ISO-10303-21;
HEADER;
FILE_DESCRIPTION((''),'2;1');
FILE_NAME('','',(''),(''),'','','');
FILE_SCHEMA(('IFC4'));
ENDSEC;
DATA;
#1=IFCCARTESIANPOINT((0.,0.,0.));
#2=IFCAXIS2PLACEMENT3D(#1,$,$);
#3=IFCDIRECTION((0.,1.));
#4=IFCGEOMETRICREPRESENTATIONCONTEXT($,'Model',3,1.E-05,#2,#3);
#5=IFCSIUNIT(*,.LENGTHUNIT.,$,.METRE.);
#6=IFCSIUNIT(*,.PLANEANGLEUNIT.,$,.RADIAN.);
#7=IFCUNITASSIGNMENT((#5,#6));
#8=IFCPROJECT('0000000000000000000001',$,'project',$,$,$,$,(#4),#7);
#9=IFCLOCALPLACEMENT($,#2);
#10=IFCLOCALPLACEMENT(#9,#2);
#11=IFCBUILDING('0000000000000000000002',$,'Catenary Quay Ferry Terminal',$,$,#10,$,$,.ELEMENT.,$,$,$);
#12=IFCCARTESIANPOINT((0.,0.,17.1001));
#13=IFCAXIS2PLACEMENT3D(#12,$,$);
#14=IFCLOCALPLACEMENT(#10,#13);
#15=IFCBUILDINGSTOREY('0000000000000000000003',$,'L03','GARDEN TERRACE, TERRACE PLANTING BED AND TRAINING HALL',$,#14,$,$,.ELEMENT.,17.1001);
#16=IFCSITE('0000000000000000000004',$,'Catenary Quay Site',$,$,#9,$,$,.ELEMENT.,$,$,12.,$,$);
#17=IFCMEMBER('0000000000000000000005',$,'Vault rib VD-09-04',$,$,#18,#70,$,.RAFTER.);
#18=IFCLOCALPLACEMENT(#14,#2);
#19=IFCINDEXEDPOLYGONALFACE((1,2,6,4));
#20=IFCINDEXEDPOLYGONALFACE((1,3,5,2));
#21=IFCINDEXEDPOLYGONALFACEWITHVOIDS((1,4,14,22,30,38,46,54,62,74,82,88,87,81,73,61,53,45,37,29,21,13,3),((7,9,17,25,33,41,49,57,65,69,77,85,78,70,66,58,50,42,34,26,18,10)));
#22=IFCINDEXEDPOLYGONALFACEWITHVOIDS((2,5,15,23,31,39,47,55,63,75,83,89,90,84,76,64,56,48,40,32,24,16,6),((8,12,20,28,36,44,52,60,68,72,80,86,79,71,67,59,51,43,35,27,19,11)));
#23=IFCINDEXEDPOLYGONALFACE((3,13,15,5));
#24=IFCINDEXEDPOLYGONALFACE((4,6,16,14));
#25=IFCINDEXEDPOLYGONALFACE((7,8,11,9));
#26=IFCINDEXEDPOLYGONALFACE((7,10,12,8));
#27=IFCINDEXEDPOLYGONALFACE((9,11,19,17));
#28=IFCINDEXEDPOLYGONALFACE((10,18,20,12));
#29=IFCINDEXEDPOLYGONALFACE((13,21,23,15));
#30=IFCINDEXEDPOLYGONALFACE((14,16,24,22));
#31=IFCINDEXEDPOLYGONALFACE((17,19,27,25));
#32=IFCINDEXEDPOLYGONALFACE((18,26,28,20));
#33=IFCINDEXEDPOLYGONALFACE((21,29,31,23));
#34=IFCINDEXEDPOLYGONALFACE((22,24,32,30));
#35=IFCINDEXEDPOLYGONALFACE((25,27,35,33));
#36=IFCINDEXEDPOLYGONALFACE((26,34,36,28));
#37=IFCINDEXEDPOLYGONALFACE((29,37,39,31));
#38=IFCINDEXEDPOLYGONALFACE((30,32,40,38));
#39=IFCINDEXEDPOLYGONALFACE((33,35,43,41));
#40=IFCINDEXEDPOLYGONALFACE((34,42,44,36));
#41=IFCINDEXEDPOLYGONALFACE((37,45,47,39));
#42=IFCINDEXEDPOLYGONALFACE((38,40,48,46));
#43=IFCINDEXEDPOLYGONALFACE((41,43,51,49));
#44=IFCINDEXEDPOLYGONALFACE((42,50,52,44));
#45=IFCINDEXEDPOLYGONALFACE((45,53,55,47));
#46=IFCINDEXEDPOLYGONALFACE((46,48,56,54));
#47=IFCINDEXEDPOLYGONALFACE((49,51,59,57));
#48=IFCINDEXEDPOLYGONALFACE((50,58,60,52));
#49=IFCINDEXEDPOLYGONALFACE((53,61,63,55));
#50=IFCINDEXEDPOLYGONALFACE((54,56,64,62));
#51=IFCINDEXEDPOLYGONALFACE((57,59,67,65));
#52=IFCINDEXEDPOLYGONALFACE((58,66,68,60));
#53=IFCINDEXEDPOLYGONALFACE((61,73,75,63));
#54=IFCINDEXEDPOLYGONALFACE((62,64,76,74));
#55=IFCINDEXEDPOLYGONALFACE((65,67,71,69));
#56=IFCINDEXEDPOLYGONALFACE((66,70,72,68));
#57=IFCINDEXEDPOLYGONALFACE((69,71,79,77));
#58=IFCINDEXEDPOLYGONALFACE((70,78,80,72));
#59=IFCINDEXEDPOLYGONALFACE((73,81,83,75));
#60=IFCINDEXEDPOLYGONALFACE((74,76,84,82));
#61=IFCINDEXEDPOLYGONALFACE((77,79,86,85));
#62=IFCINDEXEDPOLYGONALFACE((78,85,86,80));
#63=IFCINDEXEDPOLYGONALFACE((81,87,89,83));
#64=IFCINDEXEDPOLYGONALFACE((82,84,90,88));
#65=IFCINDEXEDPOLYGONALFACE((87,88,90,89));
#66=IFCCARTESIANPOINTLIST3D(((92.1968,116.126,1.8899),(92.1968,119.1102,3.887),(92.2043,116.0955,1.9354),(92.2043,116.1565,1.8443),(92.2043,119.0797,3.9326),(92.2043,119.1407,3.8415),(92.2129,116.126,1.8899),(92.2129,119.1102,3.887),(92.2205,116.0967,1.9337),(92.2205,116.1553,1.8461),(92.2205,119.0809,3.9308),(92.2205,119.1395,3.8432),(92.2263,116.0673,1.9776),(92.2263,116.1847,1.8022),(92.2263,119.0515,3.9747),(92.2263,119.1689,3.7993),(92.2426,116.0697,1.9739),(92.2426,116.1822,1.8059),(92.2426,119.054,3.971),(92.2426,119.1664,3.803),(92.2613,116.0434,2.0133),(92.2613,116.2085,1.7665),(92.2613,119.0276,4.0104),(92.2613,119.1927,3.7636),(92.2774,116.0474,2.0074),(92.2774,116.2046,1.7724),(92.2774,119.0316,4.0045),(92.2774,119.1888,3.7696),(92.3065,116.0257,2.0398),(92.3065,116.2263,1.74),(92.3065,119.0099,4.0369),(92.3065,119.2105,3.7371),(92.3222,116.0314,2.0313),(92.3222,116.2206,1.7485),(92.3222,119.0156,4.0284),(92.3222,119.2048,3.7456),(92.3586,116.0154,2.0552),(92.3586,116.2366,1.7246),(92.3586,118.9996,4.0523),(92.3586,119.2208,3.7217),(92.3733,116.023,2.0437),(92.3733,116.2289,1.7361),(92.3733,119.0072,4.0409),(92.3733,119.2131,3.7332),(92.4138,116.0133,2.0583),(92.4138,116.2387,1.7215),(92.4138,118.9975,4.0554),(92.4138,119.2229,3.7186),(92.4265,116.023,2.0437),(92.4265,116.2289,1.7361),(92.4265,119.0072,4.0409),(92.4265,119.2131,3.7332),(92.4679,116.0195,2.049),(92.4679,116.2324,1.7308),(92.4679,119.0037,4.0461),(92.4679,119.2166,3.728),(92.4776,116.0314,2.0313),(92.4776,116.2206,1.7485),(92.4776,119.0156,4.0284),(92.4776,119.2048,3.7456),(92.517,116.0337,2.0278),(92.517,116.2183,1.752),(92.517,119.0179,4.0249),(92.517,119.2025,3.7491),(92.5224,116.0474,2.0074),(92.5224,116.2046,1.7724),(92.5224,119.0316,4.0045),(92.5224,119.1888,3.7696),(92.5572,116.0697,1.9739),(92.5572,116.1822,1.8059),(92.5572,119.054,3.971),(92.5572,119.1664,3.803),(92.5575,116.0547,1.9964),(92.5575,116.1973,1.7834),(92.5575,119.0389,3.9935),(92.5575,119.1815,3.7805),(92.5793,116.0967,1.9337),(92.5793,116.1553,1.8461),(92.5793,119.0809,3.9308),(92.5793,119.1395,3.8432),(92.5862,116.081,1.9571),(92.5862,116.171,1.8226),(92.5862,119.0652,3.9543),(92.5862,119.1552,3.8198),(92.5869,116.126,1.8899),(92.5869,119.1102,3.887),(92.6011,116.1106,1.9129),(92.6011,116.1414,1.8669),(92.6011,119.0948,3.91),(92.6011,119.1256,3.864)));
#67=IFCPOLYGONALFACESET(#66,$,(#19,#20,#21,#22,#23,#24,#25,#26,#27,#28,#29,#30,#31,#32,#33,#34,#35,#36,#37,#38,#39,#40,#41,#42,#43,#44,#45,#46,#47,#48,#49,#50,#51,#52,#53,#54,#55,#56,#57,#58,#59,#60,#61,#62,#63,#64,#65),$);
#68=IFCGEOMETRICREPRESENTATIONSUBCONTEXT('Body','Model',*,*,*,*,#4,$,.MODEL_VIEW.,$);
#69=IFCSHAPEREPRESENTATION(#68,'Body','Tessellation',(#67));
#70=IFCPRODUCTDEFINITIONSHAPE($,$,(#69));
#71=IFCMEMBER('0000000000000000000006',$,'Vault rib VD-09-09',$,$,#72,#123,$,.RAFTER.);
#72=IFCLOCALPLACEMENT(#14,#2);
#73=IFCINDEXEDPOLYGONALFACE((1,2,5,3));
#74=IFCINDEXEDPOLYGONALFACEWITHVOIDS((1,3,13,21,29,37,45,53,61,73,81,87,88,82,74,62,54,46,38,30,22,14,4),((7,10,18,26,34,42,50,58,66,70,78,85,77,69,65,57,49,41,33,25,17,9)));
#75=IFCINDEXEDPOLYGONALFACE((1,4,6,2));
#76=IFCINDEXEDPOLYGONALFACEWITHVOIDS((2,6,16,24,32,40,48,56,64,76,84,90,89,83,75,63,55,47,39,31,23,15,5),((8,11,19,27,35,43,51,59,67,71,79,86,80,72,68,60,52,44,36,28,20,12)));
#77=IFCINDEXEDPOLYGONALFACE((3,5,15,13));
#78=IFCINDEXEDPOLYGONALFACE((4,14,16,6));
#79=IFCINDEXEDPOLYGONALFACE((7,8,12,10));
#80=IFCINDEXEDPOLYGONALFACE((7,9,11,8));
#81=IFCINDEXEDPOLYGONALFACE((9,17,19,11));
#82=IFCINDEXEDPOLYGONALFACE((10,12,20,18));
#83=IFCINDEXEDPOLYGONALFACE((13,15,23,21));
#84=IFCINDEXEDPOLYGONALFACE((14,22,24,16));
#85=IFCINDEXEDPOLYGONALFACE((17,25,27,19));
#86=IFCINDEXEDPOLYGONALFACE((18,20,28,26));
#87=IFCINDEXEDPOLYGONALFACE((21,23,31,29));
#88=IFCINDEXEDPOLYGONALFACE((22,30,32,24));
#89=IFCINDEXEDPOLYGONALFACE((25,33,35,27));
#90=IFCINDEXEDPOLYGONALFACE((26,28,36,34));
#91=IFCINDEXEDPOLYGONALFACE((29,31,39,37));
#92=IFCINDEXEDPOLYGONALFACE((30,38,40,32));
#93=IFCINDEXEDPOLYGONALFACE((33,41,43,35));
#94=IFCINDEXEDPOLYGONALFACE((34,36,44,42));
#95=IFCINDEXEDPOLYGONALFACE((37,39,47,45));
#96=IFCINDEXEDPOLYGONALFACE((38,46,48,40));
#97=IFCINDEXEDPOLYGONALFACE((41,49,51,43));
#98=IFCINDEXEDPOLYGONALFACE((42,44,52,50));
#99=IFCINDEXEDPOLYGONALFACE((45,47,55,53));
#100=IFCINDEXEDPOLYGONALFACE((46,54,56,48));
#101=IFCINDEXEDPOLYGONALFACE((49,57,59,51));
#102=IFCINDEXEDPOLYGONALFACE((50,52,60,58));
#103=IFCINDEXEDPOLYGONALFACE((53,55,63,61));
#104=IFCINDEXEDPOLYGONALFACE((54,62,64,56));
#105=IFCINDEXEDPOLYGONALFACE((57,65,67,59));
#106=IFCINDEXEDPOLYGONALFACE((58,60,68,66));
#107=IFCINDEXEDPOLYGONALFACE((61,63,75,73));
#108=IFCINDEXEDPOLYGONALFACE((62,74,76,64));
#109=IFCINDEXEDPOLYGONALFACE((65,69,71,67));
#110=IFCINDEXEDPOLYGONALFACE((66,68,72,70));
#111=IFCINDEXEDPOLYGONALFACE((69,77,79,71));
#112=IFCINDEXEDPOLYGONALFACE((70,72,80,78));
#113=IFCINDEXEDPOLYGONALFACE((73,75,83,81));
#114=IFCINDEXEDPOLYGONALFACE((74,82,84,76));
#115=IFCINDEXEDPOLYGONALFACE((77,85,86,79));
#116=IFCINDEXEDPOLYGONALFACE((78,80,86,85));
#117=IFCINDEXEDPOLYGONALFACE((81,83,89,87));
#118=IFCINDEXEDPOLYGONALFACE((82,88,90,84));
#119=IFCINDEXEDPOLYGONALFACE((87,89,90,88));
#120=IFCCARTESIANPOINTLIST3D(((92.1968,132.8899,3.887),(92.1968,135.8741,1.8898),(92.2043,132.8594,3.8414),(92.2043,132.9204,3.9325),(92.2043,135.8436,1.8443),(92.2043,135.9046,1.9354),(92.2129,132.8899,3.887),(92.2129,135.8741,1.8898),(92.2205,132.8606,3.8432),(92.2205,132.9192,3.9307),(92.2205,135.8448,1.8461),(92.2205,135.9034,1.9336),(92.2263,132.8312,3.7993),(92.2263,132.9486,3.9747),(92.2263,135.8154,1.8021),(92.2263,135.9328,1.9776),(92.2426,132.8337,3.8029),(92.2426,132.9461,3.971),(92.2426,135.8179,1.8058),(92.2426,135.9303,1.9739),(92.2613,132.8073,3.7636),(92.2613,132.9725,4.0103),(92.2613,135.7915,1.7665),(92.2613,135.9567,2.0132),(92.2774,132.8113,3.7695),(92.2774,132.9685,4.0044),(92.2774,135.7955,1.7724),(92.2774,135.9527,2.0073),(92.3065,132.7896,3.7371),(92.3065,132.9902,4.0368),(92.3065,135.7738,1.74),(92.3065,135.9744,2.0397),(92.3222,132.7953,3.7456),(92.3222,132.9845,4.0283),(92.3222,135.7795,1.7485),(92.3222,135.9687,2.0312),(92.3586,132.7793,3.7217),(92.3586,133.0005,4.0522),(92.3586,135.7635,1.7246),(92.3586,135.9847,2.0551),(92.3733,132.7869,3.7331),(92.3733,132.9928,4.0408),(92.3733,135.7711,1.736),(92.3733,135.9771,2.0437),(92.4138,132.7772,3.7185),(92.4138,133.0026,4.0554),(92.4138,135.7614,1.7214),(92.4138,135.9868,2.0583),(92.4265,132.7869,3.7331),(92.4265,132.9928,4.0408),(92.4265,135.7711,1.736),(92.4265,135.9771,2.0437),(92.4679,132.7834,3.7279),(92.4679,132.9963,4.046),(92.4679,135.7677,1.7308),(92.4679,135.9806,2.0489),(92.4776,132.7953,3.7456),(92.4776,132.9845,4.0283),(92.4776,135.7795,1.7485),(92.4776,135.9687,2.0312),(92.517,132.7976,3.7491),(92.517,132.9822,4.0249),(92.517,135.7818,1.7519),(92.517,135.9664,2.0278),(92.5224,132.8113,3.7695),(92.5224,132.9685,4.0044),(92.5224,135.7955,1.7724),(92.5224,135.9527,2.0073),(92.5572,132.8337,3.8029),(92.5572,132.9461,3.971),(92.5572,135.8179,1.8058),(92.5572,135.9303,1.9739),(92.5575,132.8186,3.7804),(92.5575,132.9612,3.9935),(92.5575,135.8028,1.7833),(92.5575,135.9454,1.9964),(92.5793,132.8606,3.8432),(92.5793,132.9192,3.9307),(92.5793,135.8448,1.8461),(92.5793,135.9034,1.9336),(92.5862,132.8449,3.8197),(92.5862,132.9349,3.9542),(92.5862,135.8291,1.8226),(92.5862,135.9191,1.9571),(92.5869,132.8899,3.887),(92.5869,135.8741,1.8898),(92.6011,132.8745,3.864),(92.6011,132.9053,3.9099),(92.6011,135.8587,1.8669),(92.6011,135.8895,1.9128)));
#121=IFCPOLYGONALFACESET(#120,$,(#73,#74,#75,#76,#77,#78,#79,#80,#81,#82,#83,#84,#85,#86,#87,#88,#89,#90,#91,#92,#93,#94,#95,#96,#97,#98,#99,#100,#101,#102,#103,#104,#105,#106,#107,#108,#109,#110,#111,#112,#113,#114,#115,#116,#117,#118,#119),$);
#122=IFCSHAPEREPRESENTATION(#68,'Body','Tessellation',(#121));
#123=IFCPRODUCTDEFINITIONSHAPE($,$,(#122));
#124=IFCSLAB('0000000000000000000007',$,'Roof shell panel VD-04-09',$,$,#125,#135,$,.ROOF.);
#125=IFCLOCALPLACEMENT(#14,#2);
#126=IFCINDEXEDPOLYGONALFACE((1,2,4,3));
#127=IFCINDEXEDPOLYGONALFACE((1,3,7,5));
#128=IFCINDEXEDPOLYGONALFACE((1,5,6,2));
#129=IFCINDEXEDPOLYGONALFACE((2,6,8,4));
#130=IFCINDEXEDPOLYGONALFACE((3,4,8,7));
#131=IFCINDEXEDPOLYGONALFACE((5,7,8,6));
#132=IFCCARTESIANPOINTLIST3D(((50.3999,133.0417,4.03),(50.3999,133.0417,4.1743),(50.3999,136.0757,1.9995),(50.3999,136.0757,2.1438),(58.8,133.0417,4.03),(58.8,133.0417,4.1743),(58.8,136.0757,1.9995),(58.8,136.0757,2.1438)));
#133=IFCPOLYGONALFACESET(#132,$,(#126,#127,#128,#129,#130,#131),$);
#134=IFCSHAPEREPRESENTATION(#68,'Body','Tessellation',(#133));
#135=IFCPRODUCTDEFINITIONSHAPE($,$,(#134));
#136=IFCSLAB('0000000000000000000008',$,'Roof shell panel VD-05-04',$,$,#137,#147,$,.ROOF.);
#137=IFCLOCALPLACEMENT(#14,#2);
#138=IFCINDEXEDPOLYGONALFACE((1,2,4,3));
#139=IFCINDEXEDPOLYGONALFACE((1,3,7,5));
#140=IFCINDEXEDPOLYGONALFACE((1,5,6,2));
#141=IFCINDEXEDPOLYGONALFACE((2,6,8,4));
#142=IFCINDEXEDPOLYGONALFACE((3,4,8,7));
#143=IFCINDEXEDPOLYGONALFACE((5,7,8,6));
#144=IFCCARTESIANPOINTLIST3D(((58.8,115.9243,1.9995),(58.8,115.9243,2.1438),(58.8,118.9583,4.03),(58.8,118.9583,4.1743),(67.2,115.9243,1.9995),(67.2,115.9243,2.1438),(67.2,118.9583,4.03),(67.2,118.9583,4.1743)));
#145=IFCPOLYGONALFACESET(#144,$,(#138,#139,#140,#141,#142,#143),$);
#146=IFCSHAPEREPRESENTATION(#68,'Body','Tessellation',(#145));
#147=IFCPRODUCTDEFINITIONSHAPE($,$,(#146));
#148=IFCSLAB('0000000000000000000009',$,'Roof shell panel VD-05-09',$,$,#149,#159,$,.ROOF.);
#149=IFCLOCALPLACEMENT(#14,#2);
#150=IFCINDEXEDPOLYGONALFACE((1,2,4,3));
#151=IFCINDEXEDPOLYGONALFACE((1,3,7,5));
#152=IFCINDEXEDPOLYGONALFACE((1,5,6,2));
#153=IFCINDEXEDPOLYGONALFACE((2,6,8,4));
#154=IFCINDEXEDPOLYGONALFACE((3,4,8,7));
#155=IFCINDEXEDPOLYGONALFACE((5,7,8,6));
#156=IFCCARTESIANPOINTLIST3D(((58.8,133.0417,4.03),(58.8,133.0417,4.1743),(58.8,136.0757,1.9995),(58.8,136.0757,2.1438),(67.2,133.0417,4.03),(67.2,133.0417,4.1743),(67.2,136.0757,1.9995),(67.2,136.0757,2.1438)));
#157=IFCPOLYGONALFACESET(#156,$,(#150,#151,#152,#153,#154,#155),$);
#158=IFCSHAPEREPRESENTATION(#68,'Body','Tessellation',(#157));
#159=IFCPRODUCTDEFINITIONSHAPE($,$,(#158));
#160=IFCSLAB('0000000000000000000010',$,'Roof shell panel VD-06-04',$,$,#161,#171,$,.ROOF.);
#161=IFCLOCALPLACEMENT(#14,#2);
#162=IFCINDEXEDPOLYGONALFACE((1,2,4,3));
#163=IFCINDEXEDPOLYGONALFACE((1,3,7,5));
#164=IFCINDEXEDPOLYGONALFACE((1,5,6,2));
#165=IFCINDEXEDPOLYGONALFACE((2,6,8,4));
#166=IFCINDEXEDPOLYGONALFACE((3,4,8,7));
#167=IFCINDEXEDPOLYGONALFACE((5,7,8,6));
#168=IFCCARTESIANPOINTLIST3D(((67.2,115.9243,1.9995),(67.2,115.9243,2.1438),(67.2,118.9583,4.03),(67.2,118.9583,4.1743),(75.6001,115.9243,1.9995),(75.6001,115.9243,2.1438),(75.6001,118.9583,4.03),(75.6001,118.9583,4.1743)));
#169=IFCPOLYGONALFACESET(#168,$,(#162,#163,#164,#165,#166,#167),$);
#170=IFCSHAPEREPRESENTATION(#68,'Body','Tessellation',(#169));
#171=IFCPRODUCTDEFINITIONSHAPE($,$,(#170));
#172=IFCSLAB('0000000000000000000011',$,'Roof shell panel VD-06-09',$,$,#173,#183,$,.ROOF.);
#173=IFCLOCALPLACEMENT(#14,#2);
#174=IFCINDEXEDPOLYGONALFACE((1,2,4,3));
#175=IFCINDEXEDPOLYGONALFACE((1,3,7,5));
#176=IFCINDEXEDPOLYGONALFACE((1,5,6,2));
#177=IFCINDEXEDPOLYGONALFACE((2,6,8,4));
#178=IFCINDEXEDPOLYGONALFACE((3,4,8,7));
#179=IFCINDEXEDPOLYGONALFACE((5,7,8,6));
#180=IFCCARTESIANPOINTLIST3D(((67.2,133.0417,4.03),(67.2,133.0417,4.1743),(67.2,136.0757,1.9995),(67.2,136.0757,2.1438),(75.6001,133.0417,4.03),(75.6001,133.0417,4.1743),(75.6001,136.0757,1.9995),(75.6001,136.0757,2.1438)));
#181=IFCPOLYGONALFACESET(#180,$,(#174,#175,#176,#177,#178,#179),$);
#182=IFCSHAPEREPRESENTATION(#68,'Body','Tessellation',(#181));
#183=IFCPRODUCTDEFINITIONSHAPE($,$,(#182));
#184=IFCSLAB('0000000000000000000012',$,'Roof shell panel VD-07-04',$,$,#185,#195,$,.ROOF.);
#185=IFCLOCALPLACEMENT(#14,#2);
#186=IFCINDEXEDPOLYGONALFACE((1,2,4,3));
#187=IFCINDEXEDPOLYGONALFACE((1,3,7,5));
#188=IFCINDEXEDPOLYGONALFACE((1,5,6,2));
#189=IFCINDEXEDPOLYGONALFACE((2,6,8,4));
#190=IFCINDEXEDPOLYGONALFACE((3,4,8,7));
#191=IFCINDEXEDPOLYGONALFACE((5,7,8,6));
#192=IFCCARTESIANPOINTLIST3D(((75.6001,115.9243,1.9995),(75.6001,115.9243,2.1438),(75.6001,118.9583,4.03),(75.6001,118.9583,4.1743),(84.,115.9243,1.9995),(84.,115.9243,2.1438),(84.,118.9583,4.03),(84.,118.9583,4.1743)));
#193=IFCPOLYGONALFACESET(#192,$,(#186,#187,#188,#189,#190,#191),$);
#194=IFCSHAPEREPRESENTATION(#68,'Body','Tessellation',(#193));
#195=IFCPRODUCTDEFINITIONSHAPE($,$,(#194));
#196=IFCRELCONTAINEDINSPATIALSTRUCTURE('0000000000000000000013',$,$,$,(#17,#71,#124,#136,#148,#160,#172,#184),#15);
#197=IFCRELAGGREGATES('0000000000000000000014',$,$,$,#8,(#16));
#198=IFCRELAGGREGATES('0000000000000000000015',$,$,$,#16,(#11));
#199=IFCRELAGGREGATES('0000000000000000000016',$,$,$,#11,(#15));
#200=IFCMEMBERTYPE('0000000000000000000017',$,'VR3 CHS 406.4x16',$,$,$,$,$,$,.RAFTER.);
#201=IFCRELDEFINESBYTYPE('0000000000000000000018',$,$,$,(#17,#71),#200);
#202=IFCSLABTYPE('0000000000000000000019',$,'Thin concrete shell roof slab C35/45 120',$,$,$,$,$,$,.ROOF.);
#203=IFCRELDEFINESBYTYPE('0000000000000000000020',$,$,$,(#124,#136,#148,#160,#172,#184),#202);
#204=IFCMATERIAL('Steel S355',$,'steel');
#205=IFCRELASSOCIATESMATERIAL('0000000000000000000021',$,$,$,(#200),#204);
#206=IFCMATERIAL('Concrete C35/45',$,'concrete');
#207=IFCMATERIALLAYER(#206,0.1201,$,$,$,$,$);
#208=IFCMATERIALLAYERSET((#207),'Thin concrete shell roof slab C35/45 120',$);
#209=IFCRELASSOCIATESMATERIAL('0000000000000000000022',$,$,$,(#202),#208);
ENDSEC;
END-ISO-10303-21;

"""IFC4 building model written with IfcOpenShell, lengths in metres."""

from ifc_helpers import new_model, si_unit, direction, frame, origin, origin_2d, place, context, subcontext, project, spatial, polyline, hollow_circle, outline, extrude, material, layer, layer_set, material_profile, profile_set, type_object, element, save


model = new_model("IFC4")

# Units and contexts
model_context = context("Model", 3, precision=1e-05, world=origin(), true_north=direction((0.0, 1.0)))
body_context = subcontext(model_context, "Body", "Model", "MODEL_VIEW")
ifc_project = project(units=[si_unit("LENGTHUNIT", "METRE"), si_unit("PLANEANGLEUNIT", "RADIAN")], contexts=[model_context])

# Site, building, storey
site_placement = place(None, origin())
site = spatial("IfcSite", under=ifc_project, at=site_placement, Name="Catenary Quay Site", CompositionType="ELEMENT", RefElevation=12.0)
building_placement = place(site_placement, origin())
building = spatial("IfcBuilding", under=site, at=building_placement, Name="Catenary Quay Ferry Terminal", CompositionType="ELEMENT")
storey_placement = place(building_placement, frame((0.0, 0.0, 17.1001)))
storey = spatial("IfcBuildingStorey", under=building, at=storey_placement, Name="L03", Description="GARDEN TERRACE, TERRACE PLANTING BED AND TRAINING HALL", CompositionType="ELEMENT", Elevation=17.1001)

# Members
ifc_material_1 = material(Name="Steel S355", Category="steel")
ifc_material_profile_1 = material_profile(ifc_material_1, hollow_circle(Radius=0.2031, WallThickness=0.0161, at=origin_2d()), Name="CHS 406.4x16")
ifc_profile_set_1 = profile_set([ifc_material_profile_1], Name="Steel S355")
member_type_1 = type_object("IfcMemberType", Name="VR3 CHS 406.4x16", PredefinedType="RAFTER", material=ifc_profile_set_1)
for number, where, z_axis, x_axis, name in (
    (1, (92.3999, 116.126, 1.8899), (0.0, 0.831066, 0.556174), (-1.0, 0.0, 0.0), "Vault rib VD-09-04"),
    (2, (92.3999, 132.8899, 3.887), (0.0, 0.831066, -0.556174), (-1.0, 0.0, 0.0), "Vault rib VD-09-09"),
):
    element("IfcMember", number, at=place(storey_placement, frame(where, z_axis=z_axis, x_axis=x_axis)), inside=storey, type_object=member_type_1, Name=name, PredefinedType="RAFTER", context=body_context, shape_type="SweptSolid", body=[
        extrude(hollow_circle(Radius=0.2031, WallThickness=0.0161, at=origin_2d()), origin(), (0.0, 0.0, 1.0), 3.5908),
    ])

# Slabs
ifc_material_2 = material(Name="Concrete C35/45", Category="concrete")
ifc_layer_1 = layer(ifc_material_2, 0.1201)
ifc_layer_set_1 = layer_set([ifc_layer_1], Name="Thin concrete shell roof slab C35/45 120")
slab_type = type_object("IfcSlabType", Name="Thin concrete shell roof slab C35/45 120", PredefinedType="ROOF", material=ifc_layer_set_1)
slab_1_placement = place(storey_placement, frame((50.3999, 133.0417, 4.1743), z_axis=(0.0, 0.556196, 0.831051), x_axis=(1.0, 0.0, 0.0)))
element("IfcSlab", 3, at=slab_1_placement, inside=storey, type_object=slab_type, Name="Roof shell panel VD-04-09", PredefinedType="ROOF", context=body_context, shape_type="SweptSolid", body=[
    extrude(outline(polyline([(0.0, 0.0), (8.4001, 0.0), (8.4001, 3.6507), (0.0, 3.6507), (0.0, 0.0)])), origin(), (0.0, 0.556196, -0.831051), 0.1443),
])
slab_2_placement = place(storey_placement, frame((58.8, 115.9243, 2.1438), z_axis=(0.0, -0.556196, 0.831051), x_axis=(1.0, 0.0, 0.0)))
element("IfcSlab", 4, at=slab_2_placement, inside=storey, type_object=slab_type, Name="Roof shell panel VD-05-04", PredefinedType="ROOF", context=body_context, shape_type="SweptSolid", body=[
    extrude(outline(polyline([(0.0, 0.0), (8.3999, 0.0), (8.3999, 3.6507), (0.0, 3.6507), (0.0, 0.0)])), origin(), (0.0, -0.556196, -0.831051), 0.1443),
])
slab_3_placement = place(storey_placement, frame((58.8, 133.0417, 4.1743), z_axis=(0.0, 0.556196, 0.831051), x_axis=(1.0, 0.0, 0.0)))
element("IfcSlab", 5, at=slab_3_placement, inside=storey, type_object=slab_type, Name="Roof shell panel VD-05-09", PredefinedType="ROOF", context=body_context, shape_type="SweptSolid", body=[
    extrude(outline(polyline([(0.0, 0.0), (8.3999, 0.0), (8.3999, 3.6507), (0.0, 3.6507), (0.0, 0.0)])), origin(), (0.0, 0.556196, -0.831051), 0.1443),
])
slab_4_placement = place(storey_placement, frame((67.2, 115.9243, 2.1438), z_axis=(0.0, -0.556196, 0.831051), x_axis=(1.0, 0.0, 0.0)))
element("IfcSlab", 6, at=slab_4_placement, inside=storey, type_object=slab_type, Name="Roof shell panel VD-06-04", PredefinedType="ROOF", context=body_context, shape_type="SweptSolid", body=[
    extrude(outline(polyline([(0.0, 0.0), (8.4001, 0.0), (8.4001, 3.6507), (0.0, 3.6507), (0.0, 0.0)])), origin(), (0.0, -0.556196, -0.831051), 0.1443),
])
slab_5_placement = place(storey_placement, frame((67.2, 133.0417, 4.1743), z_axis=(0.0, 0.556196, 0.831051), x_axis=(1.0, 0.0, 0.0)))
element("IfcSlab", 7, at=slab_5_placement, inside=storey, type_object=slab_type, Name="Roof shell panel VD-06-09", PredefinedType="ROOF", context=body_context, shape_type="SweptSolid", body=[
    extrude(outline(polyline([(0.0, 0.0), (8.4001, 0.0), (8.4001, 3.6507), (0.0, 3.6507), (0.0, 0.0)])), origin(), (0.0, 0.556196, -0.831051), 0.1443),
])
slab_6_placement = place(storey_placement, frame((75.6001, 115.9243, 2.1438), z_axis=(0.0, -0.556196, 0.831051), x_axis=(1.0, 0.0, 0.0)))
element("IfcSlab", 8, at=slab_6_placement, inside=storey, type_object=slab_type, Name="Roof shell panel VD-07-04", PredefinedType="ROOF", context=body_context, shape_type="SweptSolid", body=[
    extrude(outline(polyline([(0.0, 0.0), (8.3999, 0.0), (8.3999, 3.6507), (0.0, 3.6507), (0.0, 0.0)])), origin(), (0.0, -0.556196, -0.831051), 0.1443),
])

save(model, "model.ifc")
